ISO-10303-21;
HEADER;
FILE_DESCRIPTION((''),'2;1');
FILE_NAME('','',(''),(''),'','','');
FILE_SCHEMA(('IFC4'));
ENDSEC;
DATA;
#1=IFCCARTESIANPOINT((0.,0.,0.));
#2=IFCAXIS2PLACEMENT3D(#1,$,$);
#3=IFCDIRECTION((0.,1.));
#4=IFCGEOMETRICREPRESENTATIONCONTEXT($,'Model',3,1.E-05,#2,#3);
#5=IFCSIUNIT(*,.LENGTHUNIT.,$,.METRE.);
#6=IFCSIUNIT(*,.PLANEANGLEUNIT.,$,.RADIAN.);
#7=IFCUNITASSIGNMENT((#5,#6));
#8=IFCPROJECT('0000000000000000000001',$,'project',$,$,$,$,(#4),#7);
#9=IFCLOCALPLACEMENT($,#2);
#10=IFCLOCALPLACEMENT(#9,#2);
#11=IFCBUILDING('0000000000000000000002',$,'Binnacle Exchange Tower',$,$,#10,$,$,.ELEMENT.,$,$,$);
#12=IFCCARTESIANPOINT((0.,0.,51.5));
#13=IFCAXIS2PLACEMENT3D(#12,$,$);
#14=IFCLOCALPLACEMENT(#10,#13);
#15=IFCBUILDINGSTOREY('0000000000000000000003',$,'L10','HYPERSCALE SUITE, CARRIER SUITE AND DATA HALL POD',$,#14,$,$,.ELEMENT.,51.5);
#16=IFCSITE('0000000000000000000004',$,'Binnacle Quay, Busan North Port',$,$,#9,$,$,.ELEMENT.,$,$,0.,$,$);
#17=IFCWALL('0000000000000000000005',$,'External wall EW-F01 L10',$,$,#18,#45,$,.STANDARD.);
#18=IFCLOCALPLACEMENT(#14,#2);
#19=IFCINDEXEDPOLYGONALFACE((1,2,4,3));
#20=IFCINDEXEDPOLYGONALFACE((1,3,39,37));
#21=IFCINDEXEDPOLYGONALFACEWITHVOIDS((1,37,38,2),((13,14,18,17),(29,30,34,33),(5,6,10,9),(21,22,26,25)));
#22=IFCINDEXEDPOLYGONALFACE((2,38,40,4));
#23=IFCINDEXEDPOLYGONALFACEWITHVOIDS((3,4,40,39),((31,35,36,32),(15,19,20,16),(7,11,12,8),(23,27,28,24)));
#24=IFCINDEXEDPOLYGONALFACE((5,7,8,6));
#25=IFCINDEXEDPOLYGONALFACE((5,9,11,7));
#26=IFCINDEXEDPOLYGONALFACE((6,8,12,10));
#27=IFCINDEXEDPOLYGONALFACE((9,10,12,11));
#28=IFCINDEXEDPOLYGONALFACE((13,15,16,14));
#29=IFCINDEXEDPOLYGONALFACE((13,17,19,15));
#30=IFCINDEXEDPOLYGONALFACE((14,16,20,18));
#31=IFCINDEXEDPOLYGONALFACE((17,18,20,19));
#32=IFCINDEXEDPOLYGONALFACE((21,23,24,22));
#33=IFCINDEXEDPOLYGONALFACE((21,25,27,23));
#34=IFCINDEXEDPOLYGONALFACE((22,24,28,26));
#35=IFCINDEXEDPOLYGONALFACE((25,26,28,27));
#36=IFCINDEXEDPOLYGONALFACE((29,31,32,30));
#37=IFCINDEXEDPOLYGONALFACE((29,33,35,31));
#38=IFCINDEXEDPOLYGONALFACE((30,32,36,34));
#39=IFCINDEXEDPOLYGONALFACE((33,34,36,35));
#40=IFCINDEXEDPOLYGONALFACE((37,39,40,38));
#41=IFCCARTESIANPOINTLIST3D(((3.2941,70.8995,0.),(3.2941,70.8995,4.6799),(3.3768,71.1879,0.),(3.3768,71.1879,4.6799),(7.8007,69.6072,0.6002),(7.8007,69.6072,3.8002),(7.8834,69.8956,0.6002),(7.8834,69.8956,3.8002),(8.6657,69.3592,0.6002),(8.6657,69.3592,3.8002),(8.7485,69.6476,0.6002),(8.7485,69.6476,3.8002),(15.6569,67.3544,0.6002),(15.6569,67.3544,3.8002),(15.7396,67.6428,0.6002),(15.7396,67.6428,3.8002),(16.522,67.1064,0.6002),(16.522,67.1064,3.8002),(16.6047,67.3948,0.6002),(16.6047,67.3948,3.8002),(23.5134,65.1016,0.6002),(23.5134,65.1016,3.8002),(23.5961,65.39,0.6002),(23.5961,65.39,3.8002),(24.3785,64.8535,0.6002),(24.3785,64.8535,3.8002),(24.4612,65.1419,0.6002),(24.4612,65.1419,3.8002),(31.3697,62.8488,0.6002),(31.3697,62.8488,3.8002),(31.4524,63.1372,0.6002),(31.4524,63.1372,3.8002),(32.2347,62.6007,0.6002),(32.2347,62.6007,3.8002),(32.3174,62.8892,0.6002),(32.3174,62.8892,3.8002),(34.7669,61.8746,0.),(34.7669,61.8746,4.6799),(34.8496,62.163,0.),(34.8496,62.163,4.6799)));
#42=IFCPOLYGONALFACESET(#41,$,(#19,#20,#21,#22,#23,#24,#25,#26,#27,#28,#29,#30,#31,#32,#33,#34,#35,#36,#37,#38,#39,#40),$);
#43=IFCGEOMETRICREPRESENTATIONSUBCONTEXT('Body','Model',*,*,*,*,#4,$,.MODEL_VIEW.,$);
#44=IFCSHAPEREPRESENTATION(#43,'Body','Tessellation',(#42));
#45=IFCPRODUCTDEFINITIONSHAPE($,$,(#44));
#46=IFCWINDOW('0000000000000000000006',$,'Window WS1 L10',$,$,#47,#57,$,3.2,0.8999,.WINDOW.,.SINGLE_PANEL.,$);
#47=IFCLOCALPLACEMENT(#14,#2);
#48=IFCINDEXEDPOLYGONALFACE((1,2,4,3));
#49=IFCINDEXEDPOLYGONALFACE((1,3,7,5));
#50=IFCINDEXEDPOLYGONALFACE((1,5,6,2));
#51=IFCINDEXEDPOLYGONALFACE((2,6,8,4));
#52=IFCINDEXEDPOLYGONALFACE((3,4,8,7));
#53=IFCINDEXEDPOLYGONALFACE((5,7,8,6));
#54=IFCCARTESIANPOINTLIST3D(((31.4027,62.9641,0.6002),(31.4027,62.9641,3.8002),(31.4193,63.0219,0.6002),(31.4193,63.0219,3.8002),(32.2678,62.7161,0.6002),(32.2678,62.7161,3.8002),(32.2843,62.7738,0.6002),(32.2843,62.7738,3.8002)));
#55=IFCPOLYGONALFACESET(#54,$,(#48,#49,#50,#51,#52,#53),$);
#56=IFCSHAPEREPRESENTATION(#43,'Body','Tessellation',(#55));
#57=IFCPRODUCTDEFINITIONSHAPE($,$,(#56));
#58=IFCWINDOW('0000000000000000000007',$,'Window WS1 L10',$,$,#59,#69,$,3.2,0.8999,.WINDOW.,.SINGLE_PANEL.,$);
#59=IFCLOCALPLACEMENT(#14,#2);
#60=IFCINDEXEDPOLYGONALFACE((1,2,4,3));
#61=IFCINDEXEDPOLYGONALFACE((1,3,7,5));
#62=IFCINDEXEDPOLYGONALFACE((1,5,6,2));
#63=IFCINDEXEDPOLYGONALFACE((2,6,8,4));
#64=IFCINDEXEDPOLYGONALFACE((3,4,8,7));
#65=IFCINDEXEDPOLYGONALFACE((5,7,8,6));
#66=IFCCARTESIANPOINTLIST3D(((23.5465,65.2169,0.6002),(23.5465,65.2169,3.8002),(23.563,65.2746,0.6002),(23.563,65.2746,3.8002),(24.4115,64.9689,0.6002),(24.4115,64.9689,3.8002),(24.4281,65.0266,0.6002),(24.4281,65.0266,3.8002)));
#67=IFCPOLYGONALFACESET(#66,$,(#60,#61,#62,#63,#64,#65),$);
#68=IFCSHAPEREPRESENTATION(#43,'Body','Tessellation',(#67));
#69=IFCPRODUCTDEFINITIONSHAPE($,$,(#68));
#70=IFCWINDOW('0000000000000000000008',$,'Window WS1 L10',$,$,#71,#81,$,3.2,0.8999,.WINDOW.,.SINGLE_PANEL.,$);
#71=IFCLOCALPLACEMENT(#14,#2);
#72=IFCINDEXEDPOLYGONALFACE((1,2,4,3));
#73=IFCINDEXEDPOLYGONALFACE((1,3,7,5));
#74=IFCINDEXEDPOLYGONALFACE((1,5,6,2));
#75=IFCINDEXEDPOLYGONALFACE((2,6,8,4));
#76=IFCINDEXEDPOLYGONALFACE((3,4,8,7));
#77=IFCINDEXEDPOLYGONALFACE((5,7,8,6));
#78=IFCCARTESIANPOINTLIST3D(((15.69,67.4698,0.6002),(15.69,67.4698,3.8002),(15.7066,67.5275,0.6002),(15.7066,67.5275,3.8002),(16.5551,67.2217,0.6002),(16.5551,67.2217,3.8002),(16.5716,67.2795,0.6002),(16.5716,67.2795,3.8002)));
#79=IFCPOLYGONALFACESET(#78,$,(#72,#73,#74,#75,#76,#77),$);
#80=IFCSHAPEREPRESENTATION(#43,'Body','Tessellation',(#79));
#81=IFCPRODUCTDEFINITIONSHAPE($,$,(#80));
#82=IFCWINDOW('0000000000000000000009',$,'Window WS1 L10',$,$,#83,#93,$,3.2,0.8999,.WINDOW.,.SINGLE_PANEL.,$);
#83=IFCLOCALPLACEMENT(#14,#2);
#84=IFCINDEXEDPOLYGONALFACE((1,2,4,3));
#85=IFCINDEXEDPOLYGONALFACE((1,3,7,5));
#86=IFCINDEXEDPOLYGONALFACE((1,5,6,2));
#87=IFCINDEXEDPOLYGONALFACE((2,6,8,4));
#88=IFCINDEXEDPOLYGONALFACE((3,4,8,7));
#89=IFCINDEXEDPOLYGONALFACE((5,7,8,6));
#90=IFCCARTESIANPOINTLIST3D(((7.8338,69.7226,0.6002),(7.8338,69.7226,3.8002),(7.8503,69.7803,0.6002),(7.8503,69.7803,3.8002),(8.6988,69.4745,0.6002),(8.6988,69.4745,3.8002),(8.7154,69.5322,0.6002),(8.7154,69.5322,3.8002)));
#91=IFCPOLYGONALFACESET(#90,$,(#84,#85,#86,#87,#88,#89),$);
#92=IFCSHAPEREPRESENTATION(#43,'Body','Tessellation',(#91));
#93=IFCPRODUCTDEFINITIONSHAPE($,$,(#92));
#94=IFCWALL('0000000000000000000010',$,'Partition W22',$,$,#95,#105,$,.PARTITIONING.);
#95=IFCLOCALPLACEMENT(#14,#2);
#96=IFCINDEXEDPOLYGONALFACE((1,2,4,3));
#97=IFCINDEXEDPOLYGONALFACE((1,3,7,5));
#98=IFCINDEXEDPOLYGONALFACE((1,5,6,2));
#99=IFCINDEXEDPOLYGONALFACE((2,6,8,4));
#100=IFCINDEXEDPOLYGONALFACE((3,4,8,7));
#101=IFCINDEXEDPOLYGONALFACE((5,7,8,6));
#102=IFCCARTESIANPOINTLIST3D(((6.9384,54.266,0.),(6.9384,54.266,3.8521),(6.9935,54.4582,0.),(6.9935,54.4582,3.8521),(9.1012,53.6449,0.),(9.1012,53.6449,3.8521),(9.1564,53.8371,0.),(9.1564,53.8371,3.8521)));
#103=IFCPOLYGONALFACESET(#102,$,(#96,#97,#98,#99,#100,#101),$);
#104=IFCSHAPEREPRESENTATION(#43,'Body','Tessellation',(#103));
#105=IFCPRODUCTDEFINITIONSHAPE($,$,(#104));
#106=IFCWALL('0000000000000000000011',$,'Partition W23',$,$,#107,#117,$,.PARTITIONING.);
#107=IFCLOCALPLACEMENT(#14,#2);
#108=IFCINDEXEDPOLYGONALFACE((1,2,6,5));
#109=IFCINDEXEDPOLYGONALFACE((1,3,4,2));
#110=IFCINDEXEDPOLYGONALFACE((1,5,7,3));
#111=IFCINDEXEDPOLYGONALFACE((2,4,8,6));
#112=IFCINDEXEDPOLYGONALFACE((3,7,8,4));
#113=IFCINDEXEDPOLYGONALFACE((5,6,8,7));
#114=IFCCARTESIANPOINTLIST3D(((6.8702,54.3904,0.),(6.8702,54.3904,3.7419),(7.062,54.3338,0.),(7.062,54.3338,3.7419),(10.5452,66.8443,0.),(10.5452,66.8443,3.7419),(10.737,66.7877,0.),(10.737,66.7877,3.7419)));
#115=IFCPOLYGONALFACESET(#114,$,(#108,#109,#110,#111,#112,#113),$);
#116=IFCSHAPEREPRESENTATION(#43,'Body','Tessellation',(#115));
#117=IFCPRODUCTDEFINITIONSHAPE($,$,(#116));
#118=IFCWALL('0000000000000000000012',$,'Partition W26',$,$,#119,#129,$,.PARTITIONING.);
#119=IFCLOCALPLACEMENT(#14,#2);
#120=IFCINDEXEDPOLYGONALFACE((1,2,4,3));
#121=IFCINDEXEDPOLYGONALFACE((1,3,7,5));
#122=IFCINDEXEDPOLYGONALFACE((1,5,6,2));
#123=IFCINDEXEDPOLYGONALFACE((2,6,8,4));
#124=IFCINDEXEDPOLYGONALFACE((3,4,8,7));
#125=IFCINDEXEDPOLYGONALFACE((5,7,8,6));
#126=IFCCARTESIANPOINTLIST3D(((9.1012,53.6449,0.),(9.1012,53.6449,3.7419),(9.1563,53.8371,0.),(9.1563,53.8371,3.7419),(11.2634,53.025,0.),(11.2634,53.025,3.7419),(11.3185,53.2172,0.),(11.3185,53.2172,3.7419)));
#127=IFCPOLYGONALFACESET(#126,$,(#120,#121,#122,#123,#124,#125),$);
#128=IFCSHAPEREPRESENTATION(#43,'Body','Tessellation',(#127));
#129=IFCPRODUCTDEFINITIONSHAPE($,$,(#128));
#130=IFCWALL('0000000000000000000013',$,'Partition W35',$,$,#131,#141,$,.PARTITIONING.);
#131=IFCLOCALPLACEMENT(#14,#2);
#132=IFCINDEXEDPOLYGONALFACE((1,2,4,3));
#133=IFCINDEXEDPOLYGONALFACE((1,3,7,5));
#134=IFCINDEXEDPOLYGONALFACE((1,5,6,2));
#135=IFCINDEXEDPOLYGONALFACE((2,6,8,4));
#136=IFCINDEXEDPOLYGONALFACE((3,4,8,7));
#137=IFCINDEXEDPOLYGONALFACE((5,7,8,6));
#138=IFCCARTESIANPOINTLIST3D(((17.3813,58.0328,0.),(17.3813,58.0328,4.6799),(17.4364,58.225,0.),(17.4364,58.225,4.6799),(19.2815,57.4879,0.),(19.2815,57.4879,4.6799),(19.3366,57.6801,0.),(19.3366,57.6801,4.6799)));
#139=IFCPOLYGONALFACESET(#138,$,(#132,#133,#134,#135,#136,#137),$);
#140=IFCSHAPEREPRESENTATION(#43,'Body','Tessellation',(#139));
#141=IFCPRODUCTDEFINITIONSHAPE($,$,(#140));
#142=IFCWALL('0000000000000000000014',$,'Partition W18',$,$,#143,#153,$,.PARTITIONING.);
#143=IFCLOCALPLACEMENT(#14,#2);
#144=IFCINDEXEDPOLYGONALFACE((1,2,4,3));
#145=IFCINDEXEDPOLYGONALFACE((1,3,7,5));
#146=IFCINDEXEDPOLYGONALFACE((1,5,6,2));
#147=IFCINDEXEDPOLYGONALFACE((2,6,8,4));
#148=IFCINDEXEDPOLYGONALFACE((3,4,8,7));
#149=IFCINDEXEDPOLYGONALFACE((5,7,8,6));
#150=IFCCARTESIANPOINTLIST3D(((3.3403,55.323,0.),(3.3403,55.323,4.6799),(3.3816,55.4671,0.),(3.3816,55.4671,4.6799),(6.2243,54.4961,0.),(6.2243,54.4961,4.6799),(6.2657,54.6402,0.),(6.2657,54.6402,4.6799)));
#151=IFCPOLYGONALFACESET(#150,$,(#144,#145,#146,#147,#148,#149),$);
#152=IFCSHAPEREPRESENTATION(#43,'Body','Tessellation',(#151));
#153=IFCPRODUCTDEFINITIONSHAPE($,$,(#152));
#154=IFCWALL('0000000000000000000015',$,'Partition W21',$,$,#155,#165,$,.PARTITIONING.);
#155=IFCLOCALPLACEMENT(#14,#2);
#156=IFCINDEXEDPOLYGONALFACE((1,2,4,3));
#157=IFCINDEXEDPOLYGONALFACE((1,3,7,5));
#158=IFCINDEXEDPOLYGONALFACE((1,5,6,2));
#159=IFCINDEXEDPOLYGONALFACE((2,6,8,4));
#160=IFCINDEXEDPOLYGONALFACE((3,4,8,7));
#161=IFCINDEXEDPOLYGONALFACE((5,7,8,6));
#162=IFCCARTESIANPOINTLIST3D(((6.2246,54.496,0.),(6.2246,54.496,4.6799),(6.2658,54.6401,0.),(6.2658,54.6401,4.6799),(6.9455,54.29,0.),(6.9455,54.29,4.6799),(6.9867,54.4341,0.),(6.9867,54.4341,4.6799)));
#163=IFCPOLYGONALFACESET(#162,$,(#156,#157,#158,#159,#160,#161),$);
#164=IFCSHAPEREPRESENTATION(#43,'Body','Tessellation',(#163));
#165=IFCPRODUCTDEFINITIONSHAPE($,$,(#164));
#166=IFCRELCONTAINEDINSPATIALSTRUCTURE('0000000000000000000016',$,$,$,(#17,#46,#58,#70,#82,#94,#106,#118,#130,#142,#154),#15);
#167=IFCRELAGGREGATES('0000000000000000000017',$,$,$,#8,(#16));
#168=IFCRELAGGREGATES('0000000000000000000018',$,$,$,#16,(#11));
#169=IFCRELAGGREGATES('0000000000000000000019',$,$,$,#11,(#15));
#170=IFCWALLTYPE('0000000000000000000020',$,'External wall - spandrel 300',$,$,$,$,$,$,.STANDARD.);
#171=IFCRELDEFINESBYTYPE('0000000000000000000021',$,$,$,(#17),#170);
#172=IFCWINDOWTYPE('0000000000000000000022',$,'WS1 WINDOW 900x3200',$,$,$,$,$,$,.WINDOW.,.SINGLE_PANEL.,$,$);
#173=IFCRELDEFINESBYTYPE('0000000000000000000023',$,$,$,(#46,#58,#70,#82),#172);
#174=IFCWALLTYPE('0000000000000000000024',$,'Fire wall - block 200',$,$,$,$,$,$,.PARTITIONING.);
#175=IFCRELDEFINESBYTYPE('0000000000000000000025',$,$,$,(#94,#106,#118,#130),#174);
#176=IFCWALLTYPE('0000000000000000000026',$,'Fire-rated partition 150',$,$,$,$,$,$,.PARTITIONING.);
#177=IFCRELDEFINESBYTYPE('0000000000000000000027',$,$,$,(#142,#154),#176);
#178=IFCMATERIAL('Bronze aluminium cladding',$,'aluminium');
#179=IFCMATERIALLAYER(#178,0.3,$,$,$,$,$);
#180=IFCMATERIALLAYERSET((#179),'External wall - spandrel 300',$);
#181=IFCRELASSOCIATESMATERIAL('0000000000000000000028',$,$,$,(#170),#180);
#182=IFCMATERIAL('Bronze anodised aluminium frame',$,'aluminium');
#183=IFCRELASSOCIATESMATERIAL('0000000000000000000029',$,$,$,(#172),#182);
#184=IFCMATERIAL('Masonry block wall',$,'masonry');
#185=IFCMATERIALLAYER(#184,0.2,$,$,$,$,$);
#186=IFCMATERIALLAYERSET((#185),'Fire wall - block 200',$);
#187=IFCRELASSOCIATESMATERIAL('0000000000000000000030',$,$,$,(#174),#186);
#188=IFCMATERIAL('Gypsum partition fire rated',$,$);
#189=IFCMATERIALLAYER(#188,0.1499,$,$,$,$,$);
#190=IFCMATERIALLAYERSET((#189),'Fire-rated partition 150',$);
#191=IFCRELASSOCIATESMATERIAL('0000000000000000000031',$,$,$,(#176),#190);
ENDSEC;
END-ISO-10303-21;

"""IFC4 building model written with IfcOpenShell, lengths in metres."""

from ifc_helpers import new_model, si_unit, direction, frame, frame_2d, origin, place, context, subcontext, project, spatial, rectangle, extrude, material, layer, layer_set, type_object, element, fill, save


model = new_model("IFC4")

# Units and contexts
model_context = context("Model", 3, precision=1e-05, world=origin(), true_north=direction((0.0, 1.0)))
body_context = subcontext(model_context, "Body", "Model", "MODEL_VIEW")
ifc_project = project(units=[si_unit("LENGTHUNIT", "METRE"), si_unit("PLANEANGLEUNIT", "RADIAN")], contexts=[model_context])

# Site, building, storey
site_placement = place(None, origin())
site = spatial("IfcSite", under=ifc_project, at=site_placement, Name="Binnacle Quay, Busan North Port", CompositionType="ELEMENT", RefElevation=0.0)
building_placement = place(site_placement, origin())
building = spatial("IfcBuilding", under=site, at=building_placement, Name="Binnacle Exchange Tower", CompositionType="ELEMENT")
storey_placement = place(building_placement, frame((0.0, 0.0, 51.5)))
storey = spatial("IfcBuildingStorey", under=building, at=storey_placement, Name="L10", Description="HYPERSCALE SUITE, CARRIER SUITE AND DATA HALL POD", CompositionType="ELEMENT", Elevation=51.5)

# Wall, openings, windows
ifc_material_1 = material(Name="Bronze aluminium cladding", Category="aluminium")
ifc_layer_1 = layer(ifc_material_1, 0.3)
ifc_layer_set_1 = layer_set([ifc_layer_1], Name="External wall - spandrel 300")
wall_type_1 = type_object("IfcWallType", Name="External wall - spandrel 300", PredefinedType="STANDARD", material=ifc_layer_set_1)
wall_1_placement = place(storey_placement, frame((3.3354, 71.0437, 0.0), z_axis=(0.0, 0.0, 1.0), x_axis=(0.96126, -0.275643, 0.0)))
wall_1 = element("IfcWall", 1, at=wall_1_placement, inside=storey, type_object=wall_type_1, Name="External wall EW-F01 L10", PredefinedType="STANDARD", context=body_context, shape_type="SweptSolid", body=[
    extrude(rectangle(XDim=32.7412, YDim=0.3, at=frame_2d((16.3706, 0.0))), origin(), (0.0, 0.0, 1.0), 4.6799),
])
opening_1_placement = place(wall_1_placement, frame((29.207, 0.0, 0.6001)))
opening_1 = element("IfcOpeningElement", 2, at=opening_1_placement, cuts=wall_1, PredefinedType="OPENING", context=body_context, shape_type="SweptSolid", body=[
    extrude(rectangle(XDim=0.8999, YDim=3.2, at=frame_2d((0.45, 1.6001))), frame((0.0, 0.1599, 0.0), z_axis=(0.0, -1.0, 0.0), x_axis=(1.0, 0.0, 0.0)), (0.0, 0.0, 1.0), 0.3201),
])
opening_2_placement = place(wall_1_placement, frame((21.0342, 0.0, 0.6001)))
opening_2 = element("IfcOpeningElement", 3, at=opening_2_placement, cuts=wall_1, PredefinedType="OPENING", context=body_context, shape_type="SweptSolid", body=[
    extrude(rectangle(XDim=0.8999, YDim=3.2, at=frame_2d((0.45, 1.6001))), frame((0.0, 0.1599, 0.0), z_axis=(0.0, -1.0, 0.0), x_axis=(1.0, 0.0, 0.0)), (0.0, 0.0, 1.0), 0.3201),
])
opening_3_placement = place(wall_1_placement, frame((12.8611, 0.0, 0.6001)))
opening_3 = element("IfcOpeningElement", 4, at=opening_3_placement, cuts=wall_1, PredefinedType="OPENING", context=body_context, shape_type="SweptSolid", body=[
    extrude(rectangle(XDim=0.8999, YDim=3.2, at=frame_2d((0.45, 1.6001))), frame((0.0, 0.1599, 0.0), z_axis=(0.0, -1.0, 0.0), x_axis=(1.0, 0.0, 0.0)), (0.0, 0.0, 1.0), 0.3201),
])
opening_4_placement = place(wall_1_placement, frame((4.6882, 0.0, 0.6001)))
opening_4 = element("IfcOpeningElement", 5, at=opening_4_placement, cuts=wall_1, PredefinedType="OPENING", context=body_context, shape_type="SweptSolid", body=[
    extrude(rectangle(XDim=0.8999, YDim=3.2, at=frame_2d((0.45, 1.6001))), frame((0.0, 0.1599, 0.0), z_axis=(0.0, -1.0, 0.0), x_axis=(1.0, 0.0, 0.0)), (0.0, 0.0, 1.0), 0.3201),
])
ifc_material_2 = material(Name="Bronze anodised aluminium frame", Category="aluminium")
window_type = type_object("IfcWindowType", Name="WS1 WINDOW 900x3200", PartitioningType="SINGLE_PANEL", PredefinedType="WINDOW", material=ifc_material_2)
window_1_placement = place(opening_1_placement, origin())
window_1 = element("IfcWindow", 6, at=window_1_placement, inside=storey, type_object=window_type, Name="Window WS1 L10", OverallHeight=3.2, OverallWidth=0.8999, PartitioningType="SINGLE_PANEL", PredefinedType="WINDOW", context=body_context, shape_type="SweptSolid", body=[
    extrude(rectangle(XDim=0.8999, YDim=3.2, at=frame_2d((0.45, 1.6001))), frame((0.0, 0.03, 0.0), z_axis=(0.0, -1.0, 0.0), x_axis=(1.0, 0.0, 0.0)), (0.0, 0.0, 1.0), 0.0601),
])
fill(opening_1, window_1)
window_2_placement = place(opening_2_placement, origin())
window_2 = element("IfcWindow", 7, at=window_2_placement, inside=storey, type_object=window_type, Name="Window WS1 L10", OverallHeight=3.2, OverallWidth=0.8999, PartitioningType="SINGLE_PANEL", PredefinedType="WINDOW", context=body_context, shape_type="SweptSolid", body=[
    extrude(rectangle(XDim=0.8999, YDim=3.2, at=frame_2d((0.45, 1.6001))), frame((0.0, 0.03, 0.0), z_axis=(0.0, -1.0, 0.0), x_axis=(1.0, 0.0, 0.0)), (0.0, 0.0, 1.0), 0.0601),
])
fill(opening_2, window_2)
window_3_placement = place(opening_3_placement, origin())
window_3 = element("IfcWindow", 8, at=window_3_placement, inside=storey, type_object=window_type, Name="Window WS1 L10", OverallHeight=3.2, OverallWidth=0.8999, PartitioningType="SINGLE_PANEL", PredefinedType="WINDOW", context=body_context, shape_type="SweptSolid", body=[
    extrude(rectangle(XDim=0.8999, YDim=3.2, at=frame_2d((0.45, 1.6001))), frame((0.0, 0.03, 0.0), z_axis=(0.0, -1.0, 0.0), x_axis=(1.0, 0.0, 0.0)), (0.0, 0.0, 1.0), 0.0601),
])
fill(opening_3, window_3)
window_4_placement = place(opening_4_placement, origin())
window_4 = element("IfcWindow", 9, at=window_4_placement, inside=storey, type_object=window_type, Name="Window WS1 L10", OverallHeight=3.2, OverallWidth=0.8999, PartitioningType="SINGLE_PANEL", PredefinedType="WINDOW", context=body_context, shape_type="SweptSolid", body=[
    extrude(rectangle(XDim=0.8999, YDim=3.2, at=frame_2d((0.45, 1.6001))), frame((0.0, 0.03, 0.0), z_axis=(0.0, -1.0, 0.0), x_axis=(1.0, 0.0, 0.0)), (0.0, 0.0, 1.0), 0.0601),
])
fill(opening_4, window_4)

# Walls
ifc_material_3 = material(Name="Masonry block wall", Category="masonry")
ifc_layer_2 = layer(ifc_material_3, 0.2)
ifc_layer_set_2 = layer_set([ifc_layer_2], Name="Fire wall - block 200")
wall_type_2 = type_object("IfcWallType", Name="Fire wall - block 200", PredefinedType="PARTITIONING", material=ifc_layer_set_2)
wall_2_placement = place(storey_placement, frame((6.9661, 54.3621, 0.0), z_axis=(0.0, 0.0, 1.0), x_axis=(0.961155, -0.276011, 0.0)))
element("IfcWall", 10, at=wall_2_placement, inside=storey, type_object=wall_type_2, Name="Partition W22", PredefinedType="PARTITIONING", context=body_context, shape_type="SweptSolid", body=[
    extrude(rectangle(XDim=2.2502, YDim=0.2, at=frame_2d((1.125, 0.0))), origin(), (0.0, 0.0, 1.0), 3.8521),
])
wall_3_placement = place(storey_placement, frame((6.9661, 54.3621, 0.0), z_axis=(0.0, 0.0, 1.0), x_axis=(0.283027, 0.959112, 0.0)))
element("IfcWall", 11, at=wall_3_placement, inside=storey, type_object=wall_type_2, Name="Partition W23", PredefinedType="PARTITIONING", context=body_context, shape_type="SweptSolid", body=[
    extrude(rectangle(XDim=12.9849, YDim=0.2, at=frame_2d((6.4924, 0.0))), origin(), (0.0, 0.0, 1.0), 3.7419),
])
wall_4_placement = place(storey_placement, frame((9.1289, 53.741, 0.0), z_axis=(0.0, 0.0, 1.0), x_axis=(0.961274, -0.275596, 0.0)))
element("IfcWall", 12, at=wall_4_placement, inside=storey, type_object=wall_type_2, Name="Partition W26", PredefinedType="PARTITIONING", context=body_context, shape_type="SweptSolid", body=[
    extrude(rectangle(XDim=2.2493, YDim=0.2, at=frame_2d((1.1245, 0.0))), origin(), (0.0, 0.0, 1.0), 3.7419),
])
wall_5_placement = place(storey_placement, frame((17.4089, 58.1289, 0.0), z_axis=(0.0, 0.0, 1.0), x_axis=(0.961253, -0.275667, 0.0)))
element("IfcWall", 13, at=wall_5_placement, inside=storey, type_object=wall_type_2, Name="Partition W35", PredefinedType="PARTITIONING", context=body_context, shape_type="SweptSolid", body=[
    extrude(rectangle(XDim=1.9768, YDim=0.2, at=frame_2d((0.9883, 0.0))), origin(), (0.0, 0.0, 1.0), 4.6799),
])
ifc_material_4 = material(Name="Gypsum partition fire rated")
ifc_layer_3 = layer(ifc_material_4, 0.1499)
ifc_layer_set_3 = layer_set([ifc_layer_3], Name="Fire-rated partition 150")
wall_type_3 = type_object("IfcWallType", Name="Fire-rated partition 150", PredefinedType="PARTITIONING", material=ifc_layer_set_3)
wall_6_placement = place(storey_placement, frame((3.3611, 55.395, 0.0), z_axis=(0.0, 0.0, 1.0), x_axis=(0.961269, -0.275613, 0.0)))
element("IfcWall", 14, at=wall_6_placement, inside=storey, type_object=wall_type_3, Name="Partition W18", PredefinedType="PARTITIONING", context=body_context, shape_type="SweptSolid", body=[
    extrude(rectangle(XDim=3.0002, YDim=0.1499, at=frame_2d((1.5, 0.0))), origin(), (0.0, 0.0, 1.0), 4.6799),
])
wall_7_placement = place(storey_placement, frame((6.2451, 54.5681, 0.0), z_axis=(0.0, 0.0, 1.0), x_axis=(0.961499, -0.274807, 0.0)))
element("IfcWall", 15, at=wall_7_placement, inside=storey, type_object=wall_type_3, Name="Partition W21", PredefinedType="PARTITIONING", context=body_context, shape_type="SweptSolid", body=[
    extrude(rectangle(XDim=0.7498, YDim=0.1499, at=frame_2d((0.375, 0.0))), origin(), (0.0, 0.0, 1.0), 4.6799),
])

save(model, "model.ifc")
